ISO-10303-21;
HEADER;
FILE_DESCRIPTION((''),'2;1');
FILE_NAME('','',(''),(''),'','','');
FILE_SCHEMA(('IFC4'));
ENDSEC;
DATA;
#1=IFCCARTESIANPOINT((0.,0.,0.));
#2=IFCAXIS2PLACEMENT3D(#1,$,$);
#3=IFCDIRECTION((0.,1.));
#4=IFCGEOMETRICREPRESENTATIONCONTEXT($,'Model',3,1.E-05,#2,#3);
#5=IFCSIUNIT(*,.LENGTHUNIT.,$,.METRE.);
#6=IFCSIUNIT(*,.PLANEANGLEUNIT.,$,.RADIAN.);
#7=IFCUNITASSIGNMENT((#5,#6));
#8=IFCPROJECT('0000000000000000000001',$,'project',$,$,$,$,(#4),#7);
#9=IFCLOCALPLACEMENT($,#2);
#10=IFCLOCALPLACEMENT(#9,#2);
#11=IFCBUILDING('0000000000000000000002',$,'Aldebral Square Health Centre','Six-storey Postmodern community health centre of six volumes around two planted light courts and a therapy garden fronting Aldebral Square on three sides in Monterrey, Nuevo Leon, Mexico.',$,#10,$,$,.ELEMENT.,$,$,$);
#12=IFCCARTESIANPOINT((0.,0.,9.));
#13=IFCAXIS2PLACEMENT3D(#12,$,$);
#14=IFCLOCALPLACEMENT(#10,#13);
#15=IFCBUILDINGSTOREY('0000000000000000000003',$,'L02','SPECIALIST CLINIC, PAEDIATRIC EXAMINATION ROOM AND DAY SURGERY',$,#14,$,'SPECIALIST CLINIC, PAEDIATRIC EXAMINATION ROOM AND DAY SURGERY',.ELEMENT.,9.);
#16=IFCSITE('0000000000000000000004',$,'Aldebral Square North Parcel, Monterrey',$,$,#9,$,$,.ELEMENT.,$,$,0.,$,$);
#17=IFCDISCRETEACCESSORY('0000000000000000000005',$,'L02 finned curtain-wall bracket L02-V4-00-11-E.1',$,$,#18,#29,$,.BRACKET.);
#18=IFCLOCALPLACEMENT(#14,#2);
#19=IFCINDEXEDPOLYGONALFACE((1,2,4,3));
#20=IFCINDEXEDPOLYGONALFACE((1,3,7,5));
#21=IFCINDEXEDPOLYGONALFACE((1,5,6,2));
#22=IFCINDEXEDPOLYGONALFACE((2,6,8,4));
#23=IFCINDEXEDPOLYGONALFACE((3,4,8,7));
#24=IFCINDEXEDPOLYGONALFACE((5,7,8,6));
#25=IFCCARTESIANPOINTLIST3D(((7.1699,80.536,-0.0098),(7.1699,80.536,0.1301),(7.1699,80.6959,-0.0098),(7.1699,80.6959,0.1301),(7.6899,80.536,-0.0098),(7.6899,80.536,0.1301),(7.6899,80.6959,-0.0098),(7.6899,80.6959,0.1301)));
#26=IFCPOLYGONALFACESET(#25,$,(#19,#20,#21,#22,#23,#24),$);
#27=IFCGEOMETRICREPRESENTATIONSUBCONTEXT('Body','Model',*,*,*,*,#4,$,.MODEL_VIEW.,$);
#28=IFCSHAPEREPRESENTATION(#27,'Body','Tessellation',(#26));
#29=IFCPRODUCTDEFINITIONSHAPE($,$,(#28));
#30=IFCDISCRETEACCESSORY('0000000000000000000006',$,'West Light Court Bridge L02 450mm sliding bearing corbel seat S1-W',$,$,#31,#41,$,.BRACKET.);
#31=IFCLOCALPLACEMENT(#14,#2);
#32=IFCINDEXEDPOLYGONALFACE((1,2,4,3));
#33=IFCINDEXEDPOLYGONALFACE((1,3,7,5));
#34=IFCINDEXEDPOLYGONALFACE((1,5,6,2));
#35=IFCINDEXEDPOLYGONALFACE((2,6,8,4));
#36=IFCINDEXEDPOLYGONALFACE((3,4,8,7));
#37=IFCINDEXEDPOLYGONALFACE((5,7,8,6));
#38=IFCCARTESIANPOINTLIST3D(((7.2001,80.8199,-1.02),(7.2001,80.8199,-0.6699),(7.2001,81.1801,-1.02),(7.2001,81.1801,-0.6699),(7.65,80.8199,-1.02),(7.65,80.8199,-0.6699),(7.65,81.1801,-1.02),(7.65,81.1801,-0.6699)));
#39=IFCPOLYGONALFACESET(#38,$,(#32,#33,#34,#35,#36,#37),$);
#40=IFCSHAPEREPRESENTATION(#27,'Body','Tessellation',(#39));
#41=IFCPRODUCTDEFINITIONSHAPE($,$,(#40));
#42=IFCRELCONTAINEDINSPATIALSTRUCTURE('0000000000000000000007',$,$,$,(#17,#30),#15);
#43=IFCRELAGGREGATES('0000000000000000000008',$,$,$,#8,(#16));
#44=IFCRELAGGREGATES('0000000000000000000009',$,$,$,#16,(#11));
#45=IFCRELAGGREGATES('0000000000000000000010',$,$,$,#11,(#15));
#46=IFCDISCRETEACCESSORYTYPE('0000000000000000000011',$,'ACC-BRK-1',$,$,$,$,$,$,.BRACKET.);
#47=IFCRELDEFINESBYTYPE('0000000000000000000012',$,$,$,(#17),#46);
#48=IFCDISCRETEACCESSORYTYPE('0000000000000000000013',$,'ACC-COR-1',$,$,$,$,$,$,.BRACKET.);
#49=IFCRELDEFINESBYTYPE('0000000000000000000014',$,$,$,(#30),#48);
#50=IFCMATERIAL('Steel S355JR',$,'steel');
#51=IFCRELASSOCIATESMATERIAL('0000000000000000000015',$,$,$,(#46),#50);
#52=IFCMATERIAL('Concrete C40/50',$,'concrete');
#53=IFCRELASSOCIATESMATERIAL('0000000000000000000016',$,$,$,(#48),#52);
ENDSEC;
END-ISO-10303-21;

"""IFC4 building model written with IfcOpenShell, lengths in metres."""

from ifc_helpers import new_model, si_unit, direction, frame, origin, origin_2d, place, context, subcontext, project, spatial, rectangle, extrude, material, type_object, element, save


model = new_model("IFC4")

# Units and contexts
model_context = context("Model", 3, precision=1e-05, world=origin(), true_north=direction((0.0, 1.0)))
body_context = subcontext(model_context, "Body", "Model", "MODEL_VIEW")
ifc_project = project(units=[si_unit("LENGTHUNIT", "METRE"), si_unit("PLANEANGLEUNIT", "RADIAN")], contexts=[model_context])

# Site, building, storey
site_placement = place(None, origin())
site = spatial("IfcSite", under=ifc_project, at=site_placement, Name="Aldebral Square North Parcel, Monterrey", CompositionType="ELEMENT", RefElevation=0.0)
building_placement = place(site_placement, origin())
building = spatial("IfcBuilding", under=site, at=building_placement, Name="Aldebral Square Health Centre", Description="Six-storey Postmodern community health centre of six volumes around two planted light courts and a therapy garden fronting Aldebral Square on three sides in Monterrey, Nuevo Leon, Mexico.", CompositionType="ELEMENT")
storey_placement = place(building_placement, frame((0.0, 0.0, 9.0)))
storey = spatial("IfcBuildingStorey", under=building, at=storey_placement, Name="L02", Description="SPECIALIST CLINIC, PAEDIATRIC EXAMINATION ROOM AND DAY SURGERY", LongName="SPECIALIST CLINIC, PAEDIATRIC EXAMINATION ROOM AND DAY SURGERY", CompositionType="ELEMENT", Elevation=9.0)

# Shared definitions
ifc_material_1 = material(Name="Concrete C40/50", Category="concrete")

# Shared definitions
ifc_material_2 = material(Name="Steel S355JR", Category="steel")

# Discrete accessories
discrete_accessory_type_1 = type_object("IfcDiscreteAccessoryType", Name="ACC-BRK-1", PredefinedType="BRACKET", material=ifc_material_2)
for number, where, z_axis, x_axis, name in (
    (1, (7.4299, 80.616, -0.0098), (0.0, 0.0, 1.0), (0.0, 1.0, 0.0), "L02 finned curtain-wall bracket L02-V4-00-11-E.1"),
):
    element("IfcDiscreteAccessory", number, at=place(storey_placement, frame(where, z_axis=z_axis, x_axis=x_axis)), inside=storey, type_object=discrete_accessory_type_1, Name=name, PredefinedType="BRACKET", context=body_context, shape_type="SweptSolid", body=[
        extrude(rectangle(XDim=0.1599, YDim=0.52, at=origin_2d()), origin(), (0.0, 0.0, 1.0), 0.1399),
    ])
discrete_accessory_type_2 = type_object("IfcDiscreteAccessoryType", Name="ACC-COR-1", PredefinedType="BRACKET", material=ifc_material_1)
discrete_accessory_placement = place(storey_placement, frame((7.425, 81.0, -1.02), z_axis=(0.0, 0.0, 1.0), x_axis=(1.0, 0.0, 0.0)))
element("IfcDiscreteAccessory", 2, at=discrete_accessory_placement, inside=storey, type_object=discrete_accessory_type_2, Name="West Light Court Bridge L02 450mm sliding bearing corbel seat S1-W", PredefinedType="BRACKET", context=body_context, shape_type="SweptSolid", body=[
    extrude(rectangle(XDim=0.45, YDim=0.3601, at=origin_2d()), origin(), (0.0, 0.0, 1.0), 0.3501),
])

save(model, "model.ifc")
